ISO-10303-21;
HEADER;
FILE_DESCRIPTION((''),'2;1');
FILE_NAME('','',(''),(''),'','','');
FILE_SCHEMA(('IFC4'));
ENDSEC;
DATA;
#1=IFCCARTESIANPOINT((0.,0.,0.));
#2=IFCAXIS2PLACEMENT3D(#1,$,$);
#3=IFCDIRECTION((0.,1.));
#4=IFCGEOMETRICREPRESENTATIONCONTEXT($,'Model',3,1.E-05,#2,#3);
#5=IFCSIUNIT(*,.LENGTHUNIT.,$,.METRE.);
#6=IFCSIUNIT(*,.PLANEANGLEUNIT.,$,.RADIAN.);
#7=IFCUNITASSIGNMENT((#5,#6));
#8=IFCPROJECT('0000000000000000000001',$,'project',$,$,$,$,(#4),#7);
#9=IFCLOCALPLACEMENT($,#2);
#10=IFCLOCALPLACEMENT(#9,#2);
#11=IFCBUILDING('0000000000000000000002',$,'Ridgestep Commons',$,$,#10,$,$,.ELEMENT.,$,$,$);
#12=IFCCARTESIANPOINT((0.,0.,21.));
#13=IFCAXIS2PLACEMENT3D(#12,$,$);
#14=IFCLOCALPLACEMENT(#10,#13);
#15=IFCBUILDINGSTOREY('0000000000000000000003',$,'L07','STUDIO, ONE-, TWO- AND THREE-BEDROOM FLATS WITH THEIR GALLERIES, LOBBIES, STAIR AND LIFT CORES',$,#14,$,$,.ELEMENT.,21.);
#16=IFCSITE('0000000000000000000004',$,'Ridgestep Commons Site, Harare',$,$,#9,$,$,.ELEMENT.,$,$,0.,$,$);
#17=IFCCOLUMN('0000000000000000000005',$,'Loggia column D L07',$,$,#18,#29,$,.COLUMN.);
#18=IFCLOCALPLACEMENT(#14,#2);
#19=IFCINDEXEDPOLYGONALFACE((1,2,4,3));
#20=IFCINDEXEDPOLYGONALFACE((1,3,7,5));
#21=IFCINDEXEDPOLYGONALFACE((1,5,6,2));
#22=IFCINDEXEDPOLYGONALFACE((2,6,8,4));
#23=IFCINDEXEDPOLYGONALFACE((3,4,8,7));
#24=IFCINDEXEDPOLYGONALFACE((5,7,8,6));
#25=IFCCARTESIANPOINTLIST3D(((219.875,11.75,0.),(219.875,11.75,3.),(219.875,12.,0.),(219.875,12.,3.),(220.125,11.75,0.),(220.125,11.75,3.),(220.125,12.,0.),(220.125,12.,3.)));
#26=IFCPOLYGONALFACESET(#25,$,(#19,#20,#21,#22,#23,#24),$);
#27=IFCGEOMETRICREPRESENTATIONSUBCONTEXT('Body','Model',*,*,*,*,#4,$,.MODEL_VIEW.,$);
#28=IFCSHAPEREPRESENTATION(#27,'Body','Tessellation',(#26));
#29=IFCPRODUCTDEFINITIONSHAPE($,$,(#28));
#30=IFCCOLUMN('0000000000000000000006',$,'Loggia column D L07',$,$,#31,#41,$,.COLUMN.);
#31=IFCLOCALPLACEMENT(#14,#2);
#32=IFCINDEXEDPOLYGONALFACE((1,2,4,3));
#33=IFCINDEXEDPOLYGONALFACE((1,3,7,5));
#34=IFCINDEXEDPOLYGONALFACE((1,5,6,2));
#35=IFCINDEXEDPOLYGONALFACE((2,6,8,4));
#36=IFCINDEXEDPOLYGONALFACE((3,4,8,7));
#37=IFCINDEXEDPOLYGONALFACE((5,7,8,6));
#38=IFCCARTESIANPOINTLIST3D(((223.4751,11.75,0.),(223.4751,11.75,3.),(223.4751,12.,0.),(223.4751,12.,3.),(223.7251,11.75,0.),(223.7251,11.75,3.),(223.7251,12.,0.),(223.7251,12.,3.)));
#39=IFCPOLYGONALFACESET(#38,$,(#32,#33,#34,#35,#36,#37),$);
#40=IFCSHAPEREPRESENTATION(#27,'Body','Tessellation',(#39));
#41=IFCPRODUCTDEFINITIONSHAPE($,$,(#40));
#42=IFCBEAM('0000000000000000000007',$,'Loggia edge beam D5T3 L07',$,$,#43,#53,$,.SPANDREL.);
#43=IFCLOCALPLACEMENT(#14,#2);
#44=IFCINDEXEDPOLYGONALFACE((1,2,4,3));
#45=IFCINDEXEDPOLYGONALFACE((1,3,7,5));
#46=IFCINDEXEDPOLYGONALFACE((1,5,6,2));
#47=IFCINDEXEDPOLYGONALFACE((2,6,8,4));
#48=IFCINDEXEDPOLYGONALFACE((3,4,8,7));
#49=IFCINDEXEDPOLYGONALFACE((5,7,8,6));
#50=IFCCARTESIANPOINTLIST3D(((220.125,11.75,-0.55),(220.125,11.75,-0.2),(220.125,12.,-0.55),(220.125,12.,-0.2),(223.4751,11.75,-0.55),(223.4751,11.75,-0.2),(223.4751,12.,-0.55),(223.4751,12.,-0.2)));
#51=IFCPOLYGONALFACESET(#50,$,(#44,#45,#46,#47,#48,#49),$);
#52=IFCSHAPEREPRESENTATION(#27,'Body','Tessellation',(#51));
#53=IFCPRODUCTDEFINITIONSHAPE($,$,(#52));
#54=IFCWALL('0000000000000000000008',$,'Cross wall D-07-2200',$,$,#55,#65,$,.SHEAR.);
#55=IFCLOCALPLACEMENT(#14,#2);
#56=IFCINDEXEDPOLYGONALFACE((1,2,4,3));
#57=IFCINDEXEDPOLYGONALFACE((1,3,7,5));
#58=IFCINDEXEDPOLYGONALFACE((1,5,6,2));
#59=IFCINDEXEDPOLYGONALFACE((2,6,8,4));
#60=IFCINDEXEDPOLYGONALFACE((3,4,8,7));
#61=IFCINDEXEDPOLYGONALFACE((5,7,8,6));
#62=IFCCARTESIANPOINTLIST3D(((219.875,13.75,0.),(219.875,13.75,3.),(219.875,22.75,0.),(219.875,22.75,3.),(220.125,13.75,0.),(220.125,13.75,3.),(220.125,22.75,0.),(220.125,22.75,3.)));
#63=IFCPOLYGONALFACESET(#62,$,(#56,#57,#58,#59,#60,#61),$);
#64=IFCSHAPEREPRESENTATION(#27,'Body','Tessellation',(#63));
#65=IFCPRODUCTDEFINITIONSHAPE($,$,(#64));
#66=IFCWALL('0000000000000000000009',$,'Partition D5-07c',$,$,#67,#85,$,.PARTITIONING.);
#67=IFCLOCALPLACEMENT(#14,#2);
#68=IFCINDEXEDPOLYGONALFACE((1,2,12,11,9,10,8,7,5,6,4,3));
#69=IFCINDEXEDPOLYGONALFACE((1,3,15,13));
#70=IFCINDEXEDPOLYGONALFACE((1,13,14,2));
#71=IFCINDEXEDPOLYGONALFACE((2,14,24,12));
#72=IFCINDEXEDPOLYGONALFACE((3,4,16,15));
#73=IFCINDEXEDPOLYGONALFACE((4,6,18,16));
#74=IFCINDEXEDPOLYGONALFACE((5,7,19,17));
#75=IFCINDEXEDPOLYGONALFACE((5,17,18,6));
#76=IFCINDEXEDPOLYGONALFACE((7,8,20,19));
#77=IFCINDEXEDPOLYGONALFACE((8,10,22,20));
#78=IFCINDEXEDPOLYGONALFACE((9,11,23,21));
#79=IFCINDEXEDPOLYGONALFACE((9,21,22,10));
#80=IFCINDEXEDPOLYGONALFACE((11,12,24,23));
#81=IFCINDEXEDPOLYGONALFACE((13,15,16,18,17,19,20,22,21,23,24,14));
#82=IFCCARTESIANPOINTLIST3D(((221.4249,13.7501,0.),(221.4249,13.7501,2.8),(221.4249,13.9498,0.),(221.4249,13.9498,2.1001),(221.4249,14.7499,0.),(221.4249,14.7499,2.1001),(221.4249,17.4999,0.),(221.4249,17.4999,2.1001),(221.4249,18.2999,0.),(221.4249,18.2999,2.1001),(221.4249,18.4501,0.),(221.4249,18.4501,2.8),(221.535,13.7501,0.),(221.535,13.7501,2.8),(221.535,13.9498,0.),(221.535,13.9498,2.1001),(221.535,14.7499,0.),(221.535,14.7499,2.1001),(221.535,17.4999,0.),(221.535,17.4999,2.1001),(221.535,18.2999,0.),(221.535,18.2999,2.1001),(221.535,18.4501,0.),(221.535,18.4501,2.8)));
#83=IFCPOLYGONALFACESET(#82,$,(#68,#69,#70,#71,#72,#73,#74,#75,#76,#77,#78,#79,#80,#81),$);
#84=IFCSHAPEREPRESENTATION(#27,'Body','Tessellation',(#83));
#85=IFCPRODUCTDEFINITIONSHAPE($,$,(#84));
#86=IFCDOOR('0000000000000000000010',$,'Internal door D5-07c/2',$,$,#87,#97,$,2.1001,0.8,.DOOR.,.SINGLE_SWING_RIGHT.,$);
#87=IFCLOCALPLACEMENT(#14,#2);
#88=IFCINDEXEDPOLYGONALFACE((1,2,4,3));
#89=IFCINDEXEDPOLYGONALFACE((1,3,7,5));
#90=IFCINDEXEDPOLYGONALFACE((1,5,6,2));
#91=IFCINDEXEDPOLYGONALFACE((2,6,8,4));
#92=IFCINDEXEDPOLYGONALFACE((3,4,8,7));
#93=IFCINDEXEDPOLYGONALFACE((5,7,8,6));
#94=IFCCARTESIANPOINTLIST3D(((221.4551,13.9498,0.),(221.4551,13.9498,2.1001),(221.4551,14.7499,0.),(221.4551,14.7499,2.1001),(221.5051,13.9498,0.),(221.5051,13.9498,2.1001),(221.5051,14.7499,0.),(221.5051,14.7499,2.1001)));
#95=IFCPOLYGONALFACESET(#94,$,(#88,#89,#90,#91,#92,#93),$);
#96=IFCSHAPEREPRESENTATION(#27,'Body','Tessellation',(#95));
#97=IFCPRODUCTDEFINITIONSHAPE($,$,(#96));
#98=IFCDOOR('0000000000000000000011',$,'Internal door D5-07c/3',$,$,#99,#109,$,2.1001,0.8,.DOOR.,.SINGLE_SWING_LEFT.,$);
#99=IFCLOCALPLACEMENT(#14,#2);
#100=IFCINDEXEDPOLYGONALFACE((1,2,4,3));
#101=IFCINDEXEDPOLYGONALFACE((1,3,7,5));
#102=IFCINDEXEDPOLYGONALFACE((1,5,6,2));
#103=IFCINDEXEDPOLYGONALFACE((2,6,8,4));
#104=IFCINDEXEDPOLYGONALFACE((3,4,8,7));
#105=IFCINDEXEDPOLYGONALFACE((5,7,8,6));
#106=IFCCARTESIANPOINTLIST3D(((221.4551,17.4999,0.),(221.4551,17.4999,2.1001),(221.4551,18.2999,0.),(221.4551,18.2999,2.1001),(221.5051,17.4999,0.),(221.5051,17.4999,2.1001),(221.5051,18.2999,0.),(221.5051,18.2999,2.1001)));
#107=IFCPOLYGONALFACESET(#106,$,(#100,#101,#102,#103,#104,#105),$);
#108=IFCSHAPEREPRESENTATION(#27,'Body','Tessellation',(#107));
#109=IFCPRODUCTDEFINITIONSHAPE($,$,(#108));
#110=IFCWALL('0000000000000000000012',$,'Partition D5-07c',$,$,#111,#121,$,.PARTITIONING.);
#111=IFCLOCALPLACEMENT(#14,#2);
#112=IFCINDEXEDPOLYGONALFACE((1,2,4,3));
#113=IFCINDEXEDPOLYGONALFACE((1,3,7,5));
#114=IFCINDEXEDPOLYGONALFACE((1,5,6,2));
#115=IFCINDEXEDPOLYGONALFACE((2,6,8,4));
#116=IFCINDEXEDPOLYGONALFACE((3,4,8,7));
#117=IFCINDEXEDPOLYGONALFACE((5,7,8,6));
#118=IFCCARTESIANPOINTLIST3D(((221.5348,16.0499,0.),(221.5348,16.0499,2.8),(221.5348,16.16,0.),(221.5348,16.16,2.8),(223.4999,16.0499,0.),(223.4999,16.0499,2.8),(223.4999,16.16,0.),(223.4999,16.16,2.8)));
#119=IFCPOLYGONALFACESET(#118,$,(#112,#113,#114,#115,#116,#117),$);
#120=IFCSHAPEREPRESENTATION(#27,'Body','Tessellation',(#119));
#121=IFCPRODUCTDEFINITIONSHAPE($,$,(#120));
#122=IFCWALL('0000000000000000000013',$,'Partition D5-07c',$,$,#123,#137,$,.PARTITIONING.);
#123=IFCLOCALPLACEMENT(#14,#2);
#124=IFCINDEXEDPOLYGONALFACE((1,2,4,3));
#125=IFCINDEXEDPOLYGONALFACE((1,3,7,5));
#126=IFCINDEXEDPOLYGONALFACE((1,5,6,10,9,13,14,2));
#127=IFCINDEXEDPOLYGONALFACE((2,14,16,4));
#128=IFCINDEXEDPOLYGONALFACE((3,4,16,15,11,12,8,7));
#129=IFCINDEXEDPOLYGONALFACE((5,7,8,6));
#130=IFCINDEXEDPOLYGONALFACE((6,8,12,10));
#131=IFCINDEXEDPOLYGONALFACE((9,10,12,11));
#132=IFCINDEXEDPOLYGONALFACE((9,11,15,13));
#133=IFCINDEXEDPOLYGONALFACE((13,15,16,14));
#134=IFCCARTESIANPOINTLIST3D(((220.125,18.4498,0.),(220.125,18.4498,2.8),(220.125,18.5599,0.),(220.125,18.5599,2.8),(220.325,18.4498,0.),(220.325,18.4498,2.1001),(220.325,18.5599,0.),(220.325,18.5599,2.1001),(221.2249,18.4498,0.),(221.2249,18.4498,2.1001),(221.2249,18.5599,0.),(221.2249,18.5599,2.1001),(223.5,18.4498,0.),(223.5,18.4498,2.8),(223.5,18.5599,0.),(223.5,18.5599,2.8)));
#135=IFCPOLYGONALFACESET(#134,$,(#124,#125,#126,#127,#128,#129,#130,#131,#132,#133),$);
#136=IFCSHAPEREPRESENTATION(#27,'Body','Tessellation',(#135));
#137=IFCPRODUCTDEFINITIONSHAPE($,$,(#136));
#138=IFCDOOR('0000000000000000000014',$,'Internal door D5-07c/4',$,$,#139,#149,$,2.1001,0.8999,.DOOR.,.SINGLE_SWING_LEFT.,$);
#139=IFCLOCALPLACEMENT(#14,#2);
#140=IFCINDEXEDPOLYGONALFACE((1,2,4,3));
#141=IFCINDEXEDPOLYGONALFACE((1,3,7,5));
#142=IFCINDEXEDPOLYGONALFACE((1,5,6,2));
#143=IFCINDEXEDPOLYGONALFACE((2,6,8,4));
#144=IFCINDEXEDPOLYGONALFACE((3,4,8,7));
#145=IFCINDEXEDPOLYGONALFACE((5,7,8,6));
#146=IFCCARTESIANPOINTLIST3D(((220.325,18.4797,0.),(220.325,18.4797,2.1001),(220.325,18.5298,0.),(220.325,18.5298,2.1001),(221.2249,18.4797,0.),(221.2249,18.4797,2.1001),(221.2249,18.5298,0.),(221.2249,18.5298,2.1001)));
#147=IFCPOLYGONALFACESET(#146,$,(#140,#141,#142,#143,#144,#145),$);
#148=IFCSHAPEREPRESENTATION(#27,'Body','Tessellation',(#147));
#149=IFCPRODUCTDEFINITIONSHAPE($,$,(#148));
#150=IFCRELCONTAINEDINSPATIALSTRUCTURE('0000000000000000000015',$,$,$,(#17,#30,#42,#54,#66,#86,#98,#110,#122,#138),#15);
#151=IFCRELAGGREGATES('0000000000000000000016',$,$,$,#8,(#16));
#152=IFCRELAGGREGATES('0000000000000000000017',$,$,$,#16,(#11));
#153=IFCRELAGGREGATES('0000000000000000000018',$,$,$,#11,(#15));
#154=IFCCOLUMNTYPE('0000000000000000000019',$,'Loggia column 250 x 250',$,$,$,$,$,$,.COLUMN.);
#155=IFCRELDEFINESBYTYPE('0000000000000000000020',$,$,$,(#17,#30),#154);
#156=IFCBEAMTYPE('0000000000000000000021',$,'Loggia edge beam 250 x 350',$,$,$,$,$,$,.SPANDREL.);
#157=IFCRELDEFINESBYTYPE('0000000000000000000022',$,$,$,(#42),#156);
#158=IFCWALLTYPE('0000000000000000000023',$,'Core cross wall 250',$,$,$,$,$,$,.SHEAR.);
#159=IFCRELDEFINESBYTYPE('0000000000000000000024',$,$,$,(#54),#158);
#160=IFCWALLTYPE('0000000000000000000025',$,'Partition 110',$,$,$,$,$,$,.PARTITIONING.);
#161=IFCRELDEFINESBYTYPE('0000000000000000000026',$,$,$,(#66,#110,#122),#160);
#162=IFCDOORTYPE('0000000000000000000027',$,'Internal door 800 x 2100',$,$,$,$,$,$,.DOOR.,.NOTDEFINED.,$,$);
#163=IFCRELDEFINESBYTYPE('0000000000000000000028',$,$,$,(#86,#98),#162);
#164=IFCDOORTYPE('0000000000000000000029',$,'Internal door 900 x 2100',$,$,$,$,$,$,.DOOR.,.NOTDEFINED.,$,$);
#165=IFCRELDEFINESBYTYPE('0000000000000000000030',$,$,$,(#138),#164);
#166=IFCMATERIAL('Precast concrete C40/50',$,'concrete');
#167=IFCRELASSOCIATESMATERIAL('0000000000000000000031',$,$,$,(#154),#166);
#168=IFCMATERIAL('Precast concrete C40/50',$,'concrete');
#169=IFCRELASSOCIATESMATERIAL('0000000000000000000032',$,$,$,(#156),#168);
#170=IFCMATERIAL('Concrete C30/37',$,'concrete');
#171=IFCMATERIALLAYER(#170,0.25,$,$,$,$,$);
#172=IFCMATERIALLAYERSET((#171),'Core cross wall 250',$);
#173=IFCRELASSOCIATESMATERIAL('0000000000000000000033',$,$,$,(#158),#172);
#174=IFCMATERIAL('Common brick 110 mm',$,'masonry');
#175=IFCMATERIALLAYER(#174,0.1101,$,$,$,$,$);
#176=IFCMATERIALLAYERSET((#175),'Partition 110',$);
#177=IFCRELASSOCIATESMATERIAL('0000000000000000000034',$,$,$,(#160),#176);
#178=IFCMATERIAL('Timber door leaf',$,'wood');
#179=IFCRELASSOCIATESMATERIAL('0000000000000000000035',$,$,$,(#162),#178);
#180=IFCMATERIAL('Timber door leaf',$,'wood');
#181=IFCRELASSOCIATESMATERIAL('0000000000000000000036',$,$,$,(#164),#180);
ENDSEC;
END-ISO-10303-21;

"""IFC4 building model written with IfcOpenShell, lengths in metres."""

from ifc_helpers import new_model, si_unit, direction, frame, frame_2d, origin, origin_2d, place, context, subcontext, project, spatial, rectangle, extrude, material, layer, layer_set, material_profile, profile_set, type_object, element, fill, save


model = new_model("IFC4")

# Units and contexts
model_context = context("Model", 3, precision=1e-05, world=origin(), true_north=direction((0.0, 1.0)))
body_context = subcontext(model_context, "Body", "Model", "MODEL_VIEW")
ifc_project = project(units=[si_unit("LENGTHUNIT", "METRE"), si_unit("PLANEANGLEUNIT", "RADIAN")], contexts=[model_context])

# Site, building, storey
site_placement = place(None, origin())
site = spatial("IfcSite", under=ifc_project, at=site_placement, Name="Ridgestep Commons Site, Harare", CompositionType="ELEMENT", RefElevation=0.0)
building_placement = place(site_placement, origin())
building = spatial("IfcBuilding", under=site, at=building_placement, Name="Ridgestep Commons", CompositionType="ELEMENT")
storey_placement = place(building_placement, frame((0.0, 0.0, 21.0)))
storey = spatial("IfcBuildingStorey", under=building, at=storey_placement, Name="L07", Description="STUDIO, ONE-, TWO- AND THREE-BEDROOM FLATS WITH THEIR GALLERIES, LOBBIES, STAIR AND LIFT CORES", CompositionType="ELEMENT", Elevation=21.0)

# Columns
ifc_material_1 = material(Name="Precast concrete C40/50", Category="concrete")
ifc_material_profile_1 = material_profile(ifc_material_1, rectangle(XDim=0.25, YDim=0.25, at=origin_2d()), Name="PC 250x250")
ifc_profile_set_1 = profile_set([ifc_material_profile_1], Name="Precast concrete C40/50")
column_type = type_object("IfcColumnType", Name="Loggia column 250 x 250", PredefinedType="COLUMN", material=ifc_profile_set_1)
for number, where, z_axis, x_axis, name in (
    (1, (220.0, 11.875, 0.0), (0.0, 0.0, 1.0), (1.0, 0.0, 0.0), "Loggia column D L07"),
    (2, (223.6001, 11.875, 0.0), (0.0, 0.0, 1.0), (1.0, 0.0, 0.0), "Loggia column D L07"),
):
    element("IfcColumn", number, at=place(storey_placement, frame(where, z_axis=z_axis, x_axis=x_axis)), inside=storey, type_object=column_type, Name=name, PredefinedType="COLUMN", context=body_context, shape_type="SweptSolid", body=[
        extrude(rectangle(XDim=0.25, YDim=0.25, at=origin_2d()), origin(), (0.0, 0.0, 1.0), 3.0),
    ])

# Beam
ifc_material_2 = material(Name="Precast concrete C40/50", Category="concrete")
ifc_material_profile_2 = material_profile(ifc_material_2, rectangle(XDim=0.25, YDim=0.3501, at=origin_2d()), Name="PC 250x350")
ifc_profile_set_2 = profile_set([ifc_material_profile_2], Name="Precast concrete C40/50")
beam_type = type_object("IfcBeamType", Name="Loggia edge beam 250 x 350", PredefinedType="SPANDREL", material=ifc_profile_set_2)
beam_placement = place(storey_placement, frame((220.125, 11.875, -0.375), z_axis=(1.0, 0.0, 0.0), x_axis=(0.0, 1.0, 0.0)))
element("IfcBeam", 3, at=beam_placement, inside=storey, type_object=beam_type, Name="Loggia edge beam D5T3 L07", PredefinedType="SPANDREL", context=body_context, shape_type="SweptSolid", body=[
    extrude(rectangle(XDim=0.25, YDim=0.3501, at=origin_2d()), origin(), (0.0, 0.0, 1.0), 3.3501),
])

# Wall
ifc_material_3 = material(Name="Concrete C30/37", Category="concrete")
ifc_layer_1 = layer(ifc_material_3, 0.25)
ifc_layer_set_1 = layer_set([ifc_layer_1], Name="Core cross wall 250")
wall_type_1 = type_object("IfcWallType", Name="Core cross wall 250", PredefinedType="SHEAR", material=ifc_layer_set_1)
wall_1_placement = place(storey_placement, frame((220.0, 13.75, 0.0), z_axis=(0.0, 0.0, 1.0), x_axis=(0.0, 1.0, 0.0)))
element("IfcWall", 4, at=wall_1_placement, inside=storey, type_object=wall_type_1, Name="Cross wall D-07-2200", PredefinedType="SHEAR", context=body_context, shape_type="SweptSolid", body=[
    extrude(rectangle(XDim=9.0, YDim=0.25, at=frame_2d((4.5, 0.0))), origin(), (0.0, 0.0, 1.0), 3.0),
])

# Wall, openings, doors
ifc_material_4 = material(Name="Common brick 110 mm", Category="masonry")
ifc_layer_2 = layer(ifc_material_4, 0.1101)
ifc_layer_set_2 = layer_set([ifc_layer_2], Name="Partition 110")
wall_type_2 = type_object("IfcWallType", Name="Partition 110", PredefinedType="PARTITIONING", material=ifc_layer_set_2)
wall_2_placement = place(storey_placement, frame((221.48, 13.75, 0.0), z_axis=(0.0, 0.0, 1.0), x_axis=(0.0, 1.0, 0.0)))
wall_2 = element("IfcWall", 5, at=wall_2_placement, inside=storey, type_object=wall_type_2, Name="Partition D5-07c", PredefinedType="PARTITIONING", context=body_context, shape_type="SweptSolid", body=[
    extrude(rectangle(XDim=4.7, YDim=0.1101, at=frame_2d((2.3501, 0.0))), origin(), (0.0, 0.0, 1.0), 2.8),
])
opening_1_placement = place(wall_2_placement, frame((0.2, 0.0, 0.0)))
opening_1 = element("IfcOpeningElement", 6, at=opening_1_placement, cuts=wall_2, PredefinedType="OPENING", context=body_context, shape_type="SweptSolid", body=[
    extrude(rectangle(XDim=0.8, YDim=2.1001, at=frame_2d((0.3999, 1.05))), frame((0.0, 0.0649, 0.0), z_axis=(0.0, -1.0, 0.0), x_axis=(1.0, 0.0, 0.0)), (0.0, 0.0, 1.0), 0.1301),
])
opening_2_placement = place(wall_2_placement, frame((3.75, 0.0, 0.0)))
opening_2 = element("IfcOpeningElement", 7, at=opening_2_placement, cuts=wall_2, PredefinedType="OPENING", context=body_context, shape_type="SweptSolid", body=[
    extrude(rectangle(XDim=0.8, YDim=2.1001, at=frame_2d((0.3999, 1.05))), frame((0.0, 0.0649, 0.0), z_axis=(0.0, -1.0, 0.0), x_axis=(1.0, 0.0, 0.0)), (0.0, 0.0, 1.0), 0.1301),
])
ifc_material_5 = material(Name="Timber door leaf", Category="wood")
door_type_1 = type_object("IfcDoorType", Name="Internal door 800 x 2100", OperationType="NOTDEFINED", PredefinedType="DOOR", material=ifc_material_5)
door_1_placement = place(opening_1_placement, origin())
door_1 = element("IfcDoor", 8, at=door_1_placement, inside=storey, type_object=door_type_1, Name="Internal door D5-07c/2", OperationType="SINGLE_SWING_RIGHT", OverallHeight=2.1001, OverallWidth=0.8, PredefinedType="DOOR", context=body_context, shape_type="SweptSolid", body=[
    extrude(rectangle(XDim=0.8, YDim=2.1001, at=frame_2d((0.3999, 1.05))), frame((0.0, 0.0249, 0.0), z_axis=(0.0, -1.0, 0.0), x_axis=(1.0, 0.0, 0.0)), (0.0, 0.0, 1.0), 0.05),
])
fill(opening_1, door_1)
door_2_placement = place(opening_2_placement, origin())
door_2 = element("IfcDoor", 9, at=door_2_placement, inside=storey, type_object=door_type_1, Name="Internal door D5-07c/3", OperationType="SINGLE_SWING_LEFT", OverallHeight=2.1001, OverallWidth=0.8, PredefinedType="DOOR", context=body_context, shape_type="SweptSolid", body=[
    extrude(rectangle(XDim=0.8, YDim=2.1001, at=frame_2d((0.3999, 1.05))), frame((0.0, 0.0249, 0.0), z_axis=(0.0, -1.0, 0.0), x_axis=(1.0, 0.0, 0.0)), (0.0, 0.0, 1.0), 0.05),
])
fill(opening_2, door_2)

# Wall
wall_3_placement = place(storey_placement, frame((221.5349, 16.105, 0.0), z_axis=(0.0, 0.0, 1.0), x_axis=(1.0, 0.0, 0.0)))
element("IfcWall", 10, at=wall_3_placement, inside=storey, type_object=wall_type_2, Name="Partition D5-07c", PredefinedType="PARTITIONING", context=body_context, shape_type="SweptSolid", body=[
    extrude(rectangle(XDim=1.9651, YDim=0.1101, at=frame_2d((0.9824, 0.0))), origin(), (0.0, 0.0, 1.0), 2.8),
])

# Wall, opening, door
wall_4_placement = place(storey_placement, frame((220.125, 18.5049, 0.0), z_axis=(0.0, 0.0, 1.0), x_axis=(1.0, 0.0, 0.0)))
wall_4 = element("IfcWall", 11, at=wall_4_placement, inside=storey, type_object=wall_type_2, Name="Partition D5-07c", PredefinedType="PARTITIONING", context=body_context, shape_type="SweptSolid", body=[
    extrude(rectangle(XDim=3.375, YDim=0.1101, at=frame_2d((1.6875, 0.0))), origin(), (0.0, 0.0, 1.0), 2.8),
])
opening_3_placement = place(wall_4_placement, frame((0.2, 0.0, 0.0)))
opening_3 = element("IfcOpeningElement", 12, at=opening_3_placement, cuts=wall_4, PredefinedType="OPENING", context=body_context, shape_type="SweptSolid", body=[
    extrude(rectangle(XDim=0.8999, YDim=2.1001, at=frame_2d((0.45, 1.05))), frame((0.0, 0.0649, 0.0), z_axis=(0.0, -1.0, 0.0), x_axis=(1.0, 0.0, 0.0)), (0.0, 0.0, 1.0), 0.1301),
])
ifc_material_6 = material(Name="Timber door leaf", Category="wood")
door_type_2 = type_object("IfcDoorType", Name="Internal door 900 x 2100", OperationType="NOTDEFINED", PredefinedType="DOOR", material=ifc_material_6)
door_3_placement = place(opening_3_placement, origin())
door_3 = element("IfcDoor", 13, at=door_3_placement, inside=storey, type_object=door_type_2, Name="Internal door D5-07c/4", OperationType="SINGLE_SWING_LEFT", OverallHeight=2.1001, OverallWidth=0.8999, PredefinedType="DOOR", context=body_context, shape_type="SweptSolid", body=[
    extrude(rectangle(XDim=0.8999, YDim=2.1001, at=frame_2d((0.45, 1.05))), frame((0.0, 0.0249, 0.0), z_axis=(0.0, -1.0, 0.0), x_axis=(1.0, 0.0, 0.0)), (0.0, 0.0, 1.0), 0.05),
])
fill(opening_3, door_3)

save(model, "model.ifc")
